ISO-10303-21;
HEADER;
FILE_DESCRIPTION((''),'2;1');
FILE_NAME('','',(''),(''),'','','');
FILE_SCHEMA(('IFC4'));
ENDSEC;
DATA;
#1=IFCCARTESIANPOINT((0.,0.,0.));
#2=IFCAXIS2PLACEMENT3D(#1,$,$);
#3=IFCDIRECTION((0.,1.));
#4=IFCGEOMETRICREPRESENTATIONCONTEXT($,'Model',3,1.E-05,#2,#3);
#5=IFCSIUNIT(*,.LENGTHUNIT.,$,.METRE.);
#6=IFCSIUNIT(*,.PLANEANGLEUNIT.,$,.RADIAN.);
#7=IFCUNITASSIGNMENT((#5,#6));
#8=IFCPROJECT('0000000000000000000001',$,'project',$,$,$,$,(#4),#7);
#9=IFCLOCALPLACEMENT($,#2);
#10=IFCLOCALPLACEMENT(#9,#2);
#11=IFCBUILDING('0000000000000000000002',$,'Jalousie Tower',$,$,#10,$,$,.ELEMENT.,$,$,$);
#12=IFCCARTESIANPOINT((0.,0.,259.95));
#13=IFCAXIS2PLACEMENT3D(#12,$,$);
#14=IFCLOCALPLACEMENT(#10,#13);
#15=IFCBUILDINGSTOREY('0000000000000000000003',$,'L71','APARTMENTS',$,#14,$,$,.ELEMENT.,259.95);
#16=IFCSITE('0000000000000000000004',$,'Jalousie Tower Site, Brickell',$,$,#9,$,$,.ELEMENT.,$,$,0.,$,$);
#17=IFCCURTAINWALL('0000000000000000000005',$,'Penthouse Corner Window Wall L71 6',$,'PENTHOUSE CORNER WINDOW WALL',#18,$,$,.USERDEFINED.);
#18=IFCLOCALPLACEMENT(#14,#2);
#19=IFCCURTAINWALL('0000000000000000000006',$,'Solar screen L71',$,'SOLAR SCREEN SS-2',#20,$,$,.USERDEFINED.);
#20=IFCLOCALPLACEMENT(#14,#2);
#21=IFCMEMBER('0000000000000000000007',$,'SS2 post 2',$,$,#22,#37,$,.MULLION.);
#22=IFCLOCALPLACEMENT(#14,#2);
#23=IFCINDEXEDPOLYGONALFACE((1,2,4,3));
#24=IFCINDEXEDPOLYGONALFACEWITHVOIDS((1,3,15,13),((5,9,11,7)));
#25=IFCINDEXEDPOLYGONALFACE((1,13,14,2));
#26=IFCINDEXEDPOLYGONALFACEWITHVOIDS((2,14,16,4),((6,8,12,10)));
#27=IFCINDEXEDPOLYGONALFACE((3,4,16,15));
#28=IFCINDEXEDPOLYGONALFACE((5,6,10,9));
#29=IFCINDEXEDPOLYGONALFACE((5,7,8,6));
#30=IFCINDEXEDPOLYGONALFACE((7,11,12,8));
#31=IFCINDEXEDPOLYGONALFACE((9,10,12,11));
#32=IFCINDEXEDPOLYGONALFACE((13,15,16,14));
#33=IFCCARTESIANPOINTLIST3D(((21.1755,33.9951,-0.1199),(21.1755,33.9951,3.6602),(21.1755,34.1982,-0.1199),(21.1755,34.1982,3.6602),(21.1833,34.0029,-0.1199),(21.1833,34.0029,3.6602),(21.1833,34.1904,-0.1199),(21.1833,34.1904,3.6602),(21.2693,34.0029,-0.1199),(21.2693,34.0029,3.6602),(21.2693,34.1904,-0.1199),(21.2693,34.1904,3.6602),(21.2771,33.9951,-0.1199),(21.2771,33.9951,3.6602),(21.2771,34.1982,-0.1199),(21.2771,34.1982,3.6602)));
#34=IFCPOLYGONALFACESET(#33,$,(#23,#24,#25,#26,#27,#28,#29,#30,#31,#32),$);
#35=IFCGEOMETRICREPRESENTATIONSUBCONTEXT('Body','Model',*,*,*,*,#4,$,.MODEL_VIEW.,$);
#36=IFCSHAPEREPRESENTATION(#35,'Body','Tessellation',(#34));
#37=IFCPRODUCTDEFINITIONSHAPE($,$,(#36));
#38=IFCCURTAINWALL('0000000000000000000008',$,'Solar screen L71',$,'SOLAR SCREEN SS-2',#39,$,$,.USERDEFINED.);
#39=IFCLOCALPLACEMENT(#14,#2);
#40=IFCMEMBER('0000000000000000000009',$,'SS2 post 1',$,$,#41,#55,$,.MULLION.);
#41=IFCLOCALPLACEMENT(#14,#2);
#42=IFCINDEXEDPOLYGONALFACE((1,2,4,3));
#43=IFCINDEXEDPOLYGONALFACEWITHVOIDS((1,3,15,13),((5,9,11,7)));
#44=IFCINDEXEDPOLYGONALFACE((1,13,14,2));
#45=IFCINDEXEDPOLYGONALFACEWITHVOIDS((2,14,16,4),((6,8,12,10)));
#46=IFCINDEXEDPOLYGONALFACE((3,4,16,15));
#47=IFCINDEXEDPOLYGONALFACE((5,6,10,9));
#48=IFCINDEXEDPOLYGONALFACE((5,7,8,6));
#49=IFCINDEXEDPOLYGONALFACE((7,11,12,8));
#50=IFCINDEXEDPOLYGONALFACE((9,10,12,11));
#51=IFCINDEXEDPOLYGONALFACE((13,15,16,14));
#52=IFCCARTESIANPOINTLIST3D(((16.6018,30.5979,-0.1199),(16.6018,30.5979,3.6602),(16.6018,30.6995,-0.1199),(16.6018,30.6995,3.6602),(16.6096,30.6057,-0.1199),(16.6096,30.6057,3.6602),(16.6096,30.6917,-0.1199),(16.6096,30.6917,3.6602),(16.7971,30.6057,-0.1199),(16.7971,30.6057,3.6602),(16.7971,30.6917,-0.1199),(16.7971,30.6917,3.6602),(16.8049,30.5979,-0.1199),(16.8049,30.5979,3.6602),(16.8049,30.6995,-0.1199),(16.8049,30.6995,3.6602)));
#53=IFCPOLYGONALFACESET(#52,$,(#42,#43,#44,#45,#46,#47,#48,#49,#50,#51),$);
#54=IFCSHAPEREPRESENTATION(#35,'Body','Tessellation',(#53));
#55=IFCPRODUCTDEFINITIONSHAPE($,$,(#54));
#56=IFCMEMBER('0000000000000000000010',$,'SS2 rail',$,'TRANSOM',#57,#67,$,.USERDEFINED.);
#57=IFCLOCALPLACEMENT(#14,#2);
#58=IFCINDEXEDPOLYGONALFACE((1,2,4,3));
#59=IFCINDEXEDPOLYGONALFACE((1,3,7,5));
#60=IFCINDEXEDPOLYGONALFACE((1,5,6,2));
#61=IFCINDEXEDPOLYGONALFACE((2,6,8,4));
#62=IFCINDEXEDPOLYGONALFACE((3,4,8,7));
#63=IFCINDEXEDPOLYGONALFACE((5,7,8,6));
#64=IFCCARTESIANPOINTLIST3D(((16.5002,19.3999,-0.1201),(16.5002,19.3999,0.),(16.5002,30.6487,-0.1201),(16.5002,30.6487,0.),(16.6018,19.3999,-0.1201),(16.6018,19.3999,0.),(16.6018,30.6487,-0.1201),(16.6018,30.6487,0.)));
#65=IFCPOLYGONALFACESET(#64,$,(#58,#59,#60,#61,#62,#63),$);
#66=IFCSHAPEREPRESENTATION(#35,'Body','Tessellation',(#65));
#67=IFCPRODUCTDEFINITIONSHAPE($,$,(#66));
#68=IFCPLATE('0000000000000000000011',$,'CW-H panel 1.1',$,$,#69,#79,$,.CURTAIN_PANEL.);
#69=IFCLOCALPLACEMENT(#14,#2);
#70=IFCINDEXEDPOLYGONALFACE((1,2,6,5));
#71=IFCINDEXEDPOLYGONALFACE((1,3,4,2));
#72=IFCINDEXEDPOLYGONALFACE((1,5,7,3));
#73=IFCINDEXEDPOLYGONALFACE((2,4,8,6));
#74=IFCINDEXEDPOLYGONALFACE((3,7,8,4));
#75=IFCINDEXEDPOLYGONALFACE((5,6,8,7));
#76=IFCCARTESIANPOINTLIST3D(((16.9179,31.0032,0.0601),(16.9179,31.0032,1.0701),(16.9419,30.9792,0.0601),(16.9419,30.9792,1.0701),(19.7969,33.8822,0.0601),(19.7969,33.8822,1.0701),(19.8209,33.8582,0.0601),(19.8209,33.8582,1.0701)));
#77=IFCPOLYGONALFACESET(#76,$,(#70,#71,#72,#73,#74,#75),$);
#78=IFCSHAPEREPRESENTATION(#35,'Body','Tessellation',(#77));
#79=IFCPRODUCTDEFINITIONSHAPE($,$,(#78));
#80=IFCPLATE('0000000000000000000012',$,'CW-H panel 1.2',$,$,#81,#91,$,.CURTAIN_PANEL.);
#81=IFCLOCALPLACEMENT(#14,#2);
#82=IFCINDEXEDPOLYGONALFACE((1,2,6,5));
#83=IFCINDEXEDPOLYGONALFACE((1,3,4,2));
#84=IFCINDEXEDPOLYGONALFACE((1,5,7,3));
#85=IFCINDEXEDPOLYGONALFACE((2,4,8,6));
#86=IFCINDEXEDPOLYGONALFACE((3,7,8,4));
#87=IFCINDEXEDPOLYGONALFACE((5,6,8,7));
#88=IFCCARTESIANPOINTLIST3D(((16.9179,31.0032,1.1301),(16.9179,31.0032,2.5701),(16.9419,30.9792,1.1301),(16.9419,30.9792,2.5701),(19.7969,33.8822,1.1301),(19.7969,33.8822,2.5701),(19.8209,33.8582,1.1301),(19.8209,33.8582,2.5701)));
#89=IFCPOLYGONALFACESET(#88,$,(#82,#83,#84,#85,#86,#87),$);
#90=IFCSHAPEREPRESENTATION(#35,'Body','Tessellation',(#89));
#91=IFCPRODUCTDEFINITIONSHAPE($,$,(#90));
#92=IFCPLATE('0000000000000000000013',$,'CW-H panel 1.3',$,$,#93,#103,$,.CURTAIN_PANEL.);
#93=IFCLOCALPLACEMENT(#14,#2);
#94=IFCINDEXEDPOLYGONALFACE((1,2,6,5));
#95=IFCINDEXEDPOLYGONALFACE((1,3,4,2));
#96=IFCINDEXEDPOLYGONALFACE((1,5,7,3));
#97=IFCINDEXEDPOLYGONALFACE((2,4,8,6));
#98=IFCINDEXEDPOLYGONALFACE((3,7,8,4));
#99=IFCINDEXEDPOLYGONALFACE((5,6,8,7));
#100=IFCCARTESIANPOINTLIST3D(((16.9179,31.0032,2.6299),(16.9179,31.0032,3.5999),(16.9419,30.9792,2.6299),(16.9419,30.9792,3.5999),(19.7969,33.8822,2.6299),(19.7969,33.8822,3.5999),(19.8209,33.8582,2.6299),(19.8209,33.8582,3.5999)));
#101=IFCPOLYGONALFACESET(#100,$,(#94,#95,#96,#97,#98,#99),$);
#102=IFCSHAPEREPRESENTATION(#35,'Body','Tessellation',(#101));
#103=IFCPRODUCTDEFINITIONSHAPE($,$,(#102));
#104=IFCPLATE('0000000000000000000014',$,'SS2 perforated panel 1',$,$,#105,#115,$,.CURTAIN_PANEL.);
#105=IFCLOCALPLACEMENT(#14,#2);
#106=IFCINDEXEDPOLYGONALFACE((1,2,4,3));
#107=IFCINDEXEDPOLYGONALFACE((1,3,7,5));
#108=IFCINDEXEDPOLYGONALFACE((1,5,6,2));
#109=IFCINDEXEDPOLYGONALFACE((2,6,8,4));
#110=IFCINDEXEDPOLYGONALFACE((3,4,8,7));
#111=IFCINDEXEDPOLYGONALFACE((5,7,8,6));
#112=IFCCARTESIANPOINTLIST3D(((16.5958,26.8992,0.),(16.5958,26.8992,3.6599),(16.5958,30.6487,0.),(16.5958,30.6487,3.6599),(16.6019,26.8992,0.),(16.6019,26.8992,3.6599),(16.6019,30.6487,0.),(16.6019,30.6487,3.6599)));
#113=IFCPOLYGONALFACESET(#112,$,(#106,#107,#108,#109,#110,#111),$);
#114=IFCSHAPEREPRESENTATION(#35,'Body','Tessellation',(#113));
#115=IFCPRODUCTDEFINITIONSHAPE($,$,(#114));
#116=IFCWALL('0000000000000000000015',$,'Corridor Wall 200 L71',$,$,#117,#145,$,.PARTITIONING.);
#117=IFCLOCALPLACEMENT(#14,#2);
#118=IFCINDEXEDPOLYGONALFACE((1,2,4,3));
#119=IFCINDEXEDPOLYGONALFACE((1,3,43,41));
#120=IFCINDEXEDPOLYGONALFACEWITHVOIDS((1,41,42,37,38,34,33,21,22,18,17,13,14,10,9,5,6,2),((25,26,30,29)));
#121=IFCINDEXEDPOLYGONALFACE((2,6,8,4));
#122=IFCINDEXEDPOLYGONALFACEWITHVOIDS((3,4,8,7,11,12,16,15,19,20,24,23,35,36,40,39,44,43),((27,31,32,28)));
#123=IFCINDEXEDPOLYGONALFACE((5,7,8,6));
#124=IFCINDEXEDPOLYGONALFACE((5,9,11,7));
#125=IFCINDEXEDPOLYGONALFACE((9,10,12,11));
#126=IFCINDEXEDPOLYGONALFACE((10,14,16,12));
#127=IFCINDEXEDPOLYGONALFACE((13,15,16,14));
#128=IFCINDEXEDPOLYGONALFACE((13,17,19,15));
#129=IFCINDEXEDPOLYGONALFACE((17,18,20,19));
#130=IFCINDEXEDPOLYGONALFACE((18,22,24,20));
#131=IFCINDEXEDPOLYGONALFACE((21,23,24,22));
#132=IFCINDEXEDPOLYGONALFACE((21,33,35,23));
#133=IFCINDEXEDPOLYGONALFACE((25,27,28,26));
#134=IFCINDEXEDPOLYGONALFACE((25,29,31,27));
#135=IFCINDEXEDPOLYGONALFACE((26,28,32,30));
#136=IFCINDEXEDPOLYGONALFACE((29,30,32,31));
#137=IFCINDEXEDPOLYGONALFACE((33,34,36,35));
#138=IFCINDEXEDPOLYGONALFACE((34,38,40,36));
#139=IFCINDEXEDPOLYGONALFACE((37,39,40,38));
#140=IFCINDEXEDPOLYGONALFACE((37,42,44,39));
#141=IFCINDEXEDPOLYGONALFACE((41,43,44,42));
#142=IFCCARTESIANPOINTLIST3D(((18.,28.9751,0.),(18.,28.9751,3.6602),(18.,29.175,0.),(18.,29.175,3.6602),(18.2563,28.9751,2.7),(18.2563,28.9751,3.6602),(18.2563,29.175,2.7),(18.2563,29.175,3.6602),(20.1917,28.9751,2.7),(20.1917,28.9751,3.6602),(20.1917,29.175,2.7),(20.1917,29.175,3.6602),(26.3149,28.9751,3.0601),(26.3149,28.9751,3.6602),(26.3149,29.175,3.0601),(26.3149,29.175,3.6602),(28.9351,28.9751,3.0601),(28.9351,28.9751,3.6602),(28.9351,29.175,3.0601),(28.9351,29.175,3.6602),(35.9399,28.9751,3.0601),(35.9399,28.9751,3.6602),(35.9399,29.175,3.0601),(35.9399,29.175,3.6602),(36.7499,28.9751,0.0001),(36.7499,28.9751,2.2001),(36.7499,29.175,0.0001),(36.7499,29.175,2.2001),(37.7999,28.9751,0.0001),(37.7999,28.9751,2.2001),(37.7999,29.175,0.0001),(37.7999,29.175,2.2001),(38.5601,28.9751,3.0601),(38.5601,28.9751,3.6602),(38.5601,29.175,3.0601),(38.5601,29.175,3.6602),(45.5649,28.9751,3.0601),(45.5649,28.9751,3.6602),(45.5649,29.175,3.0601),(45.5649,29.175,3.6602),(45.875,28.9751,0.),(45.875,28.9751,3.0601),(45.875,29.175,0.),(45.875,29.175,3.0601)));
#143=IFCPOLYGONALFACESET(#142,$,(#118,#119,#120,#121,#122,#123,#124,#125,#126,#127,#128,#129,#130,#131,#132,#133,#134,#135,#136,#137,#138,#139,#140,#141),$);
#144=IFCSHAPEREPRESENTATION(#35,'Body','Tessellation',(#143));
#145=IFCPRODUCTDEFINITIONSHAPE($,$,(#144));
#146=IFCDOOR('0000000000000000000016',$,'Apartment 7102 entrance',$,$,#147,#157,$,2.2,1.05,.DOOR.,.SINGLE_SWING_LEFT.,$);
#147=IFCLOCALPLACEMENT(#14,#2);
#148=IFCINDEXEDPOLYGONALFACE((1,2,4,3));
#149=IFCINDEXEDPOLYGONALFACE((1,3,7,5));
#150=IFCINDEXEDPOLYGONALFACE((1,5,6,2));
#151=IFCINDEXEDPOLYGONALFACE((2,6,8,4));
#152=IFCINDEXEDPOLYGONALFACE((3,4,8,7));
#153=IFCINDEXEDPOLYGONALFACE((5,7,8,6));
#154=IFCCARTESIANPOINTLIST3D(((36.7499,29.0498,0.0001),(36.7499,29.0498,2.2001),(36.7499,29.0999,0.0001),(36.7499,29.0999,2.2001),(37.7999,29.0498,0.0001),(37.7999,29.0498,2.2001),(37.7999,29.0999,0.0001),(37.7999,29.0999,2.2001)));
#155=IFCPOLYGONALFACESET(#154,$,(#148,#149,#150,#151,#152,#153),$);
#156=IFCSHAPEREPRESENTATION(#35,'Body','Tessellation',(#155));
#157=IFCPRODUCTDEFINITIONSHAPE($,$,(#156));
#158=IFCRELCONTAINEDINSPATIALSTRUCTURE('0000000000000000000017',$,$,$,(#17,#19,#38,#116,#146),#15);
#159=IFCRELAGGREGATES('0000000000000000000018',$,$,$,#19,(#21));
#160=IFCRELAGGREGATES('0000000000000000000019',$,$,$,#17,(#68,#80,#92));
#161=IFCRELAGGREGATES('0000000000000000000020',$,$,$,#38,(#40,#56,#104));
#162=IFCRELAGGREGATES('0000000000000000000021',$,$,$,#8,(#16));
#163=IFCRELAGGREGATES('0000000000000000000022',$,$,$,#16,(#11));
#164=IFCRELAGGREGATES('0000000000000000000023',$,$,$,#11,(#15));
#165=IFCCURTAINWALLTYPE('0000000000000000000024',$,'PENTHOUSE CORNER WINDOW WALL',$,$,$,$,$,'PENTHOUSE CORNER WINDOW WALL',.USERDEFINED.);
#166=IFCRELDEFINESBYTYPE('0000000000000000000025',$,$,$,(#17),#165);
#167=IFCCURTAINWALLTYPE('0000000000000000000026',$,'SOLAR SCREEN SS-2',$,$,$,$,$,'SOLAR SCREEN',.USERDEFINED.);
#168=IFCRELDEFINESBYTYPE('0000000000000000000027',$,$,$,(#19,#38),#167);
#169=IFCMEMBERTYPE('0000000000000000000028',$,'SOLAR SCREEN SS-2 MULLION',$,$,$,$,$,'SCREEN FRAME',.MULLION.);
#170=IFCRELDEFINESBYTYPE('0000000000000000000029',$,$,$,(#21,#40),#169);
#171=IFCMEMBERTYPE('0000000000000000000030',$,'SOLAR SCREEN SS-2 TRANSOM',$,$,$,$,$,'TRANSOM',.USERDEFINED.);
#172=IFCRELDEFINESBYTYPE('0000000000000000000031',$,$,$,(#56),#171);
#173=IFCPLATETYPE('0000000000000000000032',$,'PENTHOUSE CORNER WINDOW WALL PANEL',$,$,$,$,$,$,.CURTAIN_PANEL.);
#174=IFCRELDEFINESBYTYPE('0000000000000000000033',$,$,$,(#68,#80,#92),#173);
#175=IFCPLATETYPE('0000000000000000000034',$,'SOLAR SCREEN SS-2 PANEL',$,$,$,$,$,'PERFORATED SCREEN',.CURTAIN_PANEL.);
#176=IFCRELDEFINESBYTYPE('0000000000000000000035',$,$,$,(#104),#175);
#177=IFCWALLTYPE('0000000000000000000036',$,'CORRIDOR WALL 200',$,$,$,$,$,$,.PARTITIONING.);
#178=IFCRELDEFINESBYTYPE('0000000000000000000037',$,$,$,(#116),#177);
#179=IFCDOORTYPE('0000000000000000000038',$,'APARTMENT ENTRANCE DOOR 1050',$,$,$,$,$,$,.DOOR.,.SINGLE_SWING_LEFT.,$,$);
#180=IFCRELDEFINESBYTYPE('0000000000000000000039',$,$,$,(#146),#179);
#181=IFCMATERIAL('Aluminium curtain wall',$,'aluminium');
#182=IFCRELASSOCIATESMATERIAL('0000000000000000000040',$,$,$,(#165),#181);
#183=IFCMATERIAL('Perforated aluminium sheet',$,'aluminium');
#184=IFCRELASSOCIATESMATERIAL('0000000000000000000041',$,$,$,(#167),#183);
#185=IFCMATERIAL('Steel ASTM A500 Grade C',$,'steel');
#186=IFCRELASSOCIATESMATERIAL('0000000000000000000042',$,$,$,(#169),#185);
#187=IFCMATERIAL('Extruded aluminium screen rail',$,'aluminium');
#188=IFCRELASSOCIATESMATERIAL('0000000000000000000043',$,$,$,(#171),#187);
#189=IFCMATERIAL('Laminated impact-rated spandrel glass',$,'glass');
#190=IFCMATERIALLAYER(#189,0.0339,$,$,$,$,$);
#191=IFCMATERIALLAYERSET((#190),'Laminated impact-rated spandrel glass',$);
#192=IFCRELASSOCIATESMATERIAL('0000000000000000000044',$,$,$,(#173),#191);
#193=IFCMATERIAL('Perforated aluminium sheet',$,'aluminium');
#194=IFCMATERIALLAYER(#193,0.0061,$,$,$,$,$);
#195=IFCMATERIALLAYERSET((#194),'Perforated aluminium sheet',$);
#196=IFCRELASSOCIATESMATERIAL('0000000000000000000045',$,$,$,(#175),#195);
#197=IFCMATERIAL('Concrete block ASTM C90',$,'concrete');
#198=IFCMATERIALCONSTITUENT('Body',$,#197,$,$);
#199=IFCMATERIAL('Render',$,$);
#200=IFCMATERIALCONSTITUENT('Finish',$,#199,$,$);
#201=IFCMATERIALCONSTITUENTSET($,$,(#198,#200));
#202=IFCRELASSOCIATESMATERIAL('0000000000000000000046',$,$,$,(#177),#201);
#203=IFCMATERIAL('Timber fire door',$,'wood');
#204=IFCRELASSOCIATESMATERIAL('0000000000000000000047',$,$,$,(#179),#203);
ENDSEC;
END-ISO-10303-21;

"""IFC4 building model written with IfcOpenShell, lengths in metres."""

from ifc_helpers import new_model, si_unit, direction, frame, frame_2d, origin, origin_2d, place, context, subcontext, project, spatial, polyline, rectangle, hollow_rectangle, outline, extrude, material, layer, layer_set, constituent, constituent_set, material_profile, profile_set, type_object, element, fill, aggregate, save


model = new_model("IFC4")

# Units and contexts
model_context = context("Model", 3, precision=1e-05, world=origin(), true_north=direction((0.0, 1.0)))
body_context = subcontext(model_context, "Body", "Model", "MODEL_VIEW")
ifc_project = project(units=[si_unit("LENGTHUNIT", "METRE"), si_unit("PLANEANGLEUNIT", "RADIAN")], contexts=[model_context])

# Site, building, storey
site_placement = place(None, origin())
site = spatial("IfcSite", under=ifc_project, at=site_placement, Name="Jalousie Tower Site, Brickell", CompositionType="ELEMENT", RefElevation=0.0)
building_placement = place(site_placement, origin())
building = spatial("IfcBuilding", under=site, at=building_placement, Name="Jalousie Tower", CompositionType="ELEMENT")
storey_placement = place(building_placement, frame((0.0, 0.0, 259.95)))
storey = spatial("IfcBuildingStorey", under=building, at=storey_placement, Name="L71", Description="APARTMENTS", CompositionType="ELEMENT", Elevation=259.95)

# Curtain wall
ifc_material_1 = material(Name="Aluminium curtain wall", Category="aluminium")
curtain_wall_type_1 = type_object("IfcCurtainWallType", Name="PENTHOUSE CORNER WINDOW WALL", ElementType="PENTHOUSE CORNER WINDOW WALL", PredefinedType="USERDEFINED", material=ifc_material_1)
curtain_wall_1_placement = place(storey_placement, origin())
curtain_wall_1 = element("IfcCurtainWall", 1, at=curtain_wall_1_placement, inside=storey, type_object=curtain_wall_type_1, Name="Penthouse Corner Window Wall L71 6", ObjectType="PENTHOUSE CORNER WINDOW WALL", PredefinedType="USERDEFINED")

# Curtain wall, member
ifc_material_2 = material(Name="Perforated aluminium sheet", Category="aluminium")
curtain_wall_type_2 = type_object("IfcCurtainWallType", Name="SOLAR SCREEN SS-2", ElementType="SOLAR SCREEN", PredefinedType="USERDEFINED", material=ifc_material_2)
curtain_wall_2_placement = place(storey_placement, origin())
curtain_wall_2 = element("IfcCurtainWall", 2, at=curtain_wall_2_placement, inside=storey, type_object=curtain_wall_type_2, Name="Solar screen L71", ObjectType="SOLAR SCREEN SS-2", PredefinedType="USERDEFINED")
ifc_material_3 = material(Name="Steel ASTM A500 Grade C", Category="steel")
ifc_material_profile_1 = material_profile(ifc_material_3, hollow_rectangle(XDim=0.1016, YDim=0.2031, WallThickness=0.0078, at=origin_2d()), Name="HSS8X4X5/16")
ifc_profile_set_1 = profile_set([ifc_material_profile_1], Name="Steel ASTM A500 Grade C")
member_type_1 = type_object("IfcMemberType", Name="SOLAR SCREEN SS-2 MULLION", ElementType="SCREEN FRAME", PredefinedType="MULLION", material=ifc_profile_set_1)
member_1_placement = place(storey_placement, frame((21.2263, 34.0967, -0.1199), z_axis=(0.0, 0.0, 1.0), x_axis=(-1.0, 0.0, 0.0)))
member_1 = element("IfcMember", 3, at=member_1_placement, type_object=member_type_1, Name="SS2 post 2", PredefinedType="MULLION", context=body_context, shape_type="SweptSolid", body=[
    extrude(hollow_rectangle(XDim=0.1016, YDim=0.2031, WallThickness=0.0078, at=origin_2d()), origin(), (0.0, 0.0, 1.0), 3.78),
])
aggregate(curtain_wall_2, [member_1])

# Curtain wall, members
curtain_wall_3_placement = place(storey_placement, origin())
curtain_wall_3 = element("IfcCurtainWall", 4, at=curtain_wall_3_placement, inside=storey, type_object=curtain_wall_type_2, Name="Solar screen L71", ObjectType="SOLAR SCREEN SS-2", PredefinedType="USERDEFINED")
member_2_placement = place(storey_placement, frame((16.7034, 30.6487, -0.1199), z_axis=(0.0, 0.0, 1.0), x_axis=(0.0, -1.0, 0.0)))
member_2 = element("IfcMember", 5, at=member_2_placement, type_object=member_type_1, Name="SS2 post 1", PredefinedType="MULLION", context=body_context, shape_type="SweptSolid", body=[
    extrude(hollow_rectangle(XDim=0.1016, YDim=0.2031, WallThickness=0.0078, at=origin_2d()), origin(), (0.0, 0.0, 1.0), 3.78),
])
ifc_material_4 = material(Name="Extruded aluminium screen rail", Category="aluminium")
ifc_material_profile_2 = material_profile(ifc_material_4, rectangle(XDim=0.1016, YDim=0.1201, at=origin_2d()), Name="RAIL 102x120")
ifc_profile_set_2 = profile_set([ifc_material_profile_2], Name="Extruded aluminium screen rail")
member_type_2 = type_object("IfcMemberType", Name="SOLAR SCREEN SS-2 TRANSOM", ElementType="TRANSOM", PredefinedType="USERDEFINED", material=ifc_profile_set_2)
member_3_placement = place(storey_placement, frame((16.551, 30.6487, -0.0601), z_axis=(0.0, -1.0, 0.0), x_axis=(1.0, 0.0, 0.0)))
member_3 = element("IfcMember", 6, at=member_3_placement, type_object=member_type_2, Name="SS2 rail", ObjectType="TRANSOM", PredefinedType="USERDEFINED", context=body_context, shape_type="SweptSolid", body=[
    extrude(rectangle(XDim=0.1016, YDim=0.1201, at=origin_2d()), origin(), (0.0, 0.0, 1.0), 11.2488),
])

# Plates
ifc_material_5 = material(Name="Laminated impact-rated spandrel glass", Category="glass")
ifc_layer_1 = layer(ifc_material_5, 0.0339)
ifc_layer_set_1 = layer_set([ifc_layer_1], Name="Laminated impact-rated spandrel glass")
plate_type_1 = type_object("IfcPlateType", Name="PENTHOUSE CORNER WINDOW WALL PANEL", PredefinedType="CURTAIN_PANEL", material=ifc_layer_set_1)
plate_1_placement = place(storey_placement, frame((18.3694, 32.4307, 0.0601), z_axis=(0.0, 0.0, 1.0), x_axis=(-0.707107, -0.707107, 0.0)))
plate_1 = element("IfcPlate", 7, at=plate_1_placement, type_object=plate_type_1, Name="CW-H panel 1.1", PredefinedType="CURTAIN_PANEL", context=body_context, shape_type="SweptSolid", body=[
    extrude(rectangle(XDim=4.0715, YDim=0.0339, at=origin_2d()), origin(), (0.0, 0.0, 1.0), 1.01),
])
plate_2_placement = place(storey_placement, frame((18.3694, 32.4307, 1.1301), z_axis=(0.0, 0.0, 1.0), x_axis=(-0.707107, -0.707107, 0.0)))
plate_2 = element("IfcPlate", 8, at=plate_2_placement, type_object=plate_type_1, Name="CW-H panel 1.2", PredefinedType="CURTAIN_PANEL", context=body_context, shape_type="SweptSolid", body=[
    extrude(rectangle(XDim=4.0715, YDim=0.0339, at=origin_2d()), origin(), (0.0, 0.0, 1.0), 1.4399),
])
plate_3_placement = place(storey_placement, frame((18.3694, 32.4307, 2.6299), z_axis=(0.0, 0.0, 1.0), x_axis=(-0.707107, -0.707107, 0.0)))
plate_3 = element("IfcPlate", 9, at=plate_3_placement, type_object=plate_type_1, Name="CW-H panel 1.3", PredefinedType="CURTAIN_PANEL", context=body_context, shape_type="SweptSolid", body=[
    extrude(rectangle(XDim=4.0715, YDim=0.0339, at=origin_2d()), origin(), (0.0, 0.0, 1.0), 0.97),
])
aggregate(curtain_wall_1, [plate_1, plate_2, plate_3])
ifc_material_6 = material(Name="Perforated aluminium sheet", Category="aluminium")
ifc_layer_2 = layer(ifc_material_6, 0.0061)
ifc_layer_set_2 = layer_set([ifc_layer_2], Name="Perforated aluminium sheet")
plate_type_2 = type_object("IfcPlateType", Name="SOLAR SCREEN SS-2 PANEL", ElementType="PERFORATED SCREEN", PredefinedType="CURTAIN_PANEL", material=ifc_layer_set_2)
plate_4_placement = place(storey_placement, frame((16.5989, 28.7739, 0.0), z_axis=(0.0, 0.0, 1.0), x_axis=(0.0, -1.0, 0.0)))
plate_4 = element("IfcPlate", 10, at=plate_4_placement, type_object=plate_type_2, Name="SS2 perforated panel 1", PredefinedType="CURTAIN_PANEL", context=body_context, shape_type="SweptSolid", body=[
    extrude(rectangle(XDim=3.7495, YDim=0.0061, at=origin_2d()), origin(), (0.0, 0.0, 1.0), 3.6599),
])
aggregate(curtain_wall_3, [member_2, member_3, plate_4])

# Wall, opening, door
ifc_material_7 = material(Name="Concrete block ASTM C90", Category="concrete")
ifc_constituent_1 = constituent(ifc_material_7, Name="Body")
ifc_material_8 = material(Name="Render")
ifc_constituent_2 = constituent(ifc_material_8, Name="Finish")
ifc_constituent_set_1 = constituent_set(constituents=[ifc_constituent_1, ifc_constituent_2])
wall_type_1 = type_object("IfcWallType", Name="CORRIDOR WALL 200", PredefinedType="PARTITIONING", material=ifc_constituent_set_1)
wall_1_placement = place(storey_placement, frame((18.0, 29.075, 0.0), z_axis=(0.0, 0.0, 1.0), x_axis=(1.0, 0.0, 0.0)))
wall_1 = element("IfcWall", 11, at=wall_1_placement, inside=storey, type_object=wall_type_1, Name="Corridor Wall 200 L71", PredefinedType="PARTITIONING", context=body_context, shape_type="SweptSolid", body=[
    extrude(outline(polyline([(0.0, 0.0), (27.875, 0.0), (27.875, 3.6602), (27.875, 3.0601), (27.5649, 3.0601), (27.5649, 3.6602), (20.5601, 3.6602), (20.5601, 3.0601), (17.9399, 3.0601), (17.9399, 3.6602), (10.9351, 3.6602), (10.9351, 3.0601), (8.3149, 3.0601), (8.3149, 3.6602), (2.1917, 3.6602), (2.1917, 2.7), (0.2563, 2.7), (0.2563, 3.6602), (0.0, 3.6602), (0.0, 0.0)])), frame((0.0, 0.1001, 0.0), z_axis=(0.0, -1.0, 0.0), x_axis=(1.0, 0.0, 0.0)), (0.0, 0.0, 1.0), 0.2),
])
opening_1_placement = place(wall_1_placement, frame((18.75, 0.0, 0.0)))
opening_1 = element("IfcOpeningElement", 12, at=opening_1_placement, cuts=wall_1, PredefinedType="OPENING", context=body_context, shape_type="SweptSolid", body=[
    extrude(rectangle(XDim=1.05, YDim=2.2, at=frame_2d((0.5249, 1.1001))), frame((0.0, 0.1099, 0.0), z_axis=(0.0, -1.0, 0.0), x_axis=(1.0, 0.0, 0.0)), (0.0, 0.0, 1.0), 0.22),
])
ifc_material_9 = material(Name="Timber fire door", Category="wood")
door_type_1 = type_object("IfcDoorType", Name="APARTMENT ENTRANCE DOOR 1050", OperationType="SINGLE_SWING_LEFT", PredefinedType="DOOR", material=ifc_material_9)
door_1_placement = place(opening_1_placement, origin())
door_1 = element("IfcDoor", 13, at=door_1_placement, inside=storey, type_object=door_type_1, Name="Apartment 7102 entrance", OperationType="SINGLE_SWING_LEFT", OverallHeight=2.2, OverallWidth=1.05, PredefinedType="DOOR", context=body_context, shape_type="SweptSolid", body=[
    extrude(rectangle(XDim=1.05, YDim=2.2, at=frame_2d((0.5249, 1.1001))), frame((0.0, 0.0249, 0.0), z_axis=(0.0, -1.0, 0.0), x_axis=(1.0, 0.0, 0.0)), (0.0, 0.0, 1.0), 0.05),
])
fill(opening_1, door_1)

save(model, "model.ifc")
